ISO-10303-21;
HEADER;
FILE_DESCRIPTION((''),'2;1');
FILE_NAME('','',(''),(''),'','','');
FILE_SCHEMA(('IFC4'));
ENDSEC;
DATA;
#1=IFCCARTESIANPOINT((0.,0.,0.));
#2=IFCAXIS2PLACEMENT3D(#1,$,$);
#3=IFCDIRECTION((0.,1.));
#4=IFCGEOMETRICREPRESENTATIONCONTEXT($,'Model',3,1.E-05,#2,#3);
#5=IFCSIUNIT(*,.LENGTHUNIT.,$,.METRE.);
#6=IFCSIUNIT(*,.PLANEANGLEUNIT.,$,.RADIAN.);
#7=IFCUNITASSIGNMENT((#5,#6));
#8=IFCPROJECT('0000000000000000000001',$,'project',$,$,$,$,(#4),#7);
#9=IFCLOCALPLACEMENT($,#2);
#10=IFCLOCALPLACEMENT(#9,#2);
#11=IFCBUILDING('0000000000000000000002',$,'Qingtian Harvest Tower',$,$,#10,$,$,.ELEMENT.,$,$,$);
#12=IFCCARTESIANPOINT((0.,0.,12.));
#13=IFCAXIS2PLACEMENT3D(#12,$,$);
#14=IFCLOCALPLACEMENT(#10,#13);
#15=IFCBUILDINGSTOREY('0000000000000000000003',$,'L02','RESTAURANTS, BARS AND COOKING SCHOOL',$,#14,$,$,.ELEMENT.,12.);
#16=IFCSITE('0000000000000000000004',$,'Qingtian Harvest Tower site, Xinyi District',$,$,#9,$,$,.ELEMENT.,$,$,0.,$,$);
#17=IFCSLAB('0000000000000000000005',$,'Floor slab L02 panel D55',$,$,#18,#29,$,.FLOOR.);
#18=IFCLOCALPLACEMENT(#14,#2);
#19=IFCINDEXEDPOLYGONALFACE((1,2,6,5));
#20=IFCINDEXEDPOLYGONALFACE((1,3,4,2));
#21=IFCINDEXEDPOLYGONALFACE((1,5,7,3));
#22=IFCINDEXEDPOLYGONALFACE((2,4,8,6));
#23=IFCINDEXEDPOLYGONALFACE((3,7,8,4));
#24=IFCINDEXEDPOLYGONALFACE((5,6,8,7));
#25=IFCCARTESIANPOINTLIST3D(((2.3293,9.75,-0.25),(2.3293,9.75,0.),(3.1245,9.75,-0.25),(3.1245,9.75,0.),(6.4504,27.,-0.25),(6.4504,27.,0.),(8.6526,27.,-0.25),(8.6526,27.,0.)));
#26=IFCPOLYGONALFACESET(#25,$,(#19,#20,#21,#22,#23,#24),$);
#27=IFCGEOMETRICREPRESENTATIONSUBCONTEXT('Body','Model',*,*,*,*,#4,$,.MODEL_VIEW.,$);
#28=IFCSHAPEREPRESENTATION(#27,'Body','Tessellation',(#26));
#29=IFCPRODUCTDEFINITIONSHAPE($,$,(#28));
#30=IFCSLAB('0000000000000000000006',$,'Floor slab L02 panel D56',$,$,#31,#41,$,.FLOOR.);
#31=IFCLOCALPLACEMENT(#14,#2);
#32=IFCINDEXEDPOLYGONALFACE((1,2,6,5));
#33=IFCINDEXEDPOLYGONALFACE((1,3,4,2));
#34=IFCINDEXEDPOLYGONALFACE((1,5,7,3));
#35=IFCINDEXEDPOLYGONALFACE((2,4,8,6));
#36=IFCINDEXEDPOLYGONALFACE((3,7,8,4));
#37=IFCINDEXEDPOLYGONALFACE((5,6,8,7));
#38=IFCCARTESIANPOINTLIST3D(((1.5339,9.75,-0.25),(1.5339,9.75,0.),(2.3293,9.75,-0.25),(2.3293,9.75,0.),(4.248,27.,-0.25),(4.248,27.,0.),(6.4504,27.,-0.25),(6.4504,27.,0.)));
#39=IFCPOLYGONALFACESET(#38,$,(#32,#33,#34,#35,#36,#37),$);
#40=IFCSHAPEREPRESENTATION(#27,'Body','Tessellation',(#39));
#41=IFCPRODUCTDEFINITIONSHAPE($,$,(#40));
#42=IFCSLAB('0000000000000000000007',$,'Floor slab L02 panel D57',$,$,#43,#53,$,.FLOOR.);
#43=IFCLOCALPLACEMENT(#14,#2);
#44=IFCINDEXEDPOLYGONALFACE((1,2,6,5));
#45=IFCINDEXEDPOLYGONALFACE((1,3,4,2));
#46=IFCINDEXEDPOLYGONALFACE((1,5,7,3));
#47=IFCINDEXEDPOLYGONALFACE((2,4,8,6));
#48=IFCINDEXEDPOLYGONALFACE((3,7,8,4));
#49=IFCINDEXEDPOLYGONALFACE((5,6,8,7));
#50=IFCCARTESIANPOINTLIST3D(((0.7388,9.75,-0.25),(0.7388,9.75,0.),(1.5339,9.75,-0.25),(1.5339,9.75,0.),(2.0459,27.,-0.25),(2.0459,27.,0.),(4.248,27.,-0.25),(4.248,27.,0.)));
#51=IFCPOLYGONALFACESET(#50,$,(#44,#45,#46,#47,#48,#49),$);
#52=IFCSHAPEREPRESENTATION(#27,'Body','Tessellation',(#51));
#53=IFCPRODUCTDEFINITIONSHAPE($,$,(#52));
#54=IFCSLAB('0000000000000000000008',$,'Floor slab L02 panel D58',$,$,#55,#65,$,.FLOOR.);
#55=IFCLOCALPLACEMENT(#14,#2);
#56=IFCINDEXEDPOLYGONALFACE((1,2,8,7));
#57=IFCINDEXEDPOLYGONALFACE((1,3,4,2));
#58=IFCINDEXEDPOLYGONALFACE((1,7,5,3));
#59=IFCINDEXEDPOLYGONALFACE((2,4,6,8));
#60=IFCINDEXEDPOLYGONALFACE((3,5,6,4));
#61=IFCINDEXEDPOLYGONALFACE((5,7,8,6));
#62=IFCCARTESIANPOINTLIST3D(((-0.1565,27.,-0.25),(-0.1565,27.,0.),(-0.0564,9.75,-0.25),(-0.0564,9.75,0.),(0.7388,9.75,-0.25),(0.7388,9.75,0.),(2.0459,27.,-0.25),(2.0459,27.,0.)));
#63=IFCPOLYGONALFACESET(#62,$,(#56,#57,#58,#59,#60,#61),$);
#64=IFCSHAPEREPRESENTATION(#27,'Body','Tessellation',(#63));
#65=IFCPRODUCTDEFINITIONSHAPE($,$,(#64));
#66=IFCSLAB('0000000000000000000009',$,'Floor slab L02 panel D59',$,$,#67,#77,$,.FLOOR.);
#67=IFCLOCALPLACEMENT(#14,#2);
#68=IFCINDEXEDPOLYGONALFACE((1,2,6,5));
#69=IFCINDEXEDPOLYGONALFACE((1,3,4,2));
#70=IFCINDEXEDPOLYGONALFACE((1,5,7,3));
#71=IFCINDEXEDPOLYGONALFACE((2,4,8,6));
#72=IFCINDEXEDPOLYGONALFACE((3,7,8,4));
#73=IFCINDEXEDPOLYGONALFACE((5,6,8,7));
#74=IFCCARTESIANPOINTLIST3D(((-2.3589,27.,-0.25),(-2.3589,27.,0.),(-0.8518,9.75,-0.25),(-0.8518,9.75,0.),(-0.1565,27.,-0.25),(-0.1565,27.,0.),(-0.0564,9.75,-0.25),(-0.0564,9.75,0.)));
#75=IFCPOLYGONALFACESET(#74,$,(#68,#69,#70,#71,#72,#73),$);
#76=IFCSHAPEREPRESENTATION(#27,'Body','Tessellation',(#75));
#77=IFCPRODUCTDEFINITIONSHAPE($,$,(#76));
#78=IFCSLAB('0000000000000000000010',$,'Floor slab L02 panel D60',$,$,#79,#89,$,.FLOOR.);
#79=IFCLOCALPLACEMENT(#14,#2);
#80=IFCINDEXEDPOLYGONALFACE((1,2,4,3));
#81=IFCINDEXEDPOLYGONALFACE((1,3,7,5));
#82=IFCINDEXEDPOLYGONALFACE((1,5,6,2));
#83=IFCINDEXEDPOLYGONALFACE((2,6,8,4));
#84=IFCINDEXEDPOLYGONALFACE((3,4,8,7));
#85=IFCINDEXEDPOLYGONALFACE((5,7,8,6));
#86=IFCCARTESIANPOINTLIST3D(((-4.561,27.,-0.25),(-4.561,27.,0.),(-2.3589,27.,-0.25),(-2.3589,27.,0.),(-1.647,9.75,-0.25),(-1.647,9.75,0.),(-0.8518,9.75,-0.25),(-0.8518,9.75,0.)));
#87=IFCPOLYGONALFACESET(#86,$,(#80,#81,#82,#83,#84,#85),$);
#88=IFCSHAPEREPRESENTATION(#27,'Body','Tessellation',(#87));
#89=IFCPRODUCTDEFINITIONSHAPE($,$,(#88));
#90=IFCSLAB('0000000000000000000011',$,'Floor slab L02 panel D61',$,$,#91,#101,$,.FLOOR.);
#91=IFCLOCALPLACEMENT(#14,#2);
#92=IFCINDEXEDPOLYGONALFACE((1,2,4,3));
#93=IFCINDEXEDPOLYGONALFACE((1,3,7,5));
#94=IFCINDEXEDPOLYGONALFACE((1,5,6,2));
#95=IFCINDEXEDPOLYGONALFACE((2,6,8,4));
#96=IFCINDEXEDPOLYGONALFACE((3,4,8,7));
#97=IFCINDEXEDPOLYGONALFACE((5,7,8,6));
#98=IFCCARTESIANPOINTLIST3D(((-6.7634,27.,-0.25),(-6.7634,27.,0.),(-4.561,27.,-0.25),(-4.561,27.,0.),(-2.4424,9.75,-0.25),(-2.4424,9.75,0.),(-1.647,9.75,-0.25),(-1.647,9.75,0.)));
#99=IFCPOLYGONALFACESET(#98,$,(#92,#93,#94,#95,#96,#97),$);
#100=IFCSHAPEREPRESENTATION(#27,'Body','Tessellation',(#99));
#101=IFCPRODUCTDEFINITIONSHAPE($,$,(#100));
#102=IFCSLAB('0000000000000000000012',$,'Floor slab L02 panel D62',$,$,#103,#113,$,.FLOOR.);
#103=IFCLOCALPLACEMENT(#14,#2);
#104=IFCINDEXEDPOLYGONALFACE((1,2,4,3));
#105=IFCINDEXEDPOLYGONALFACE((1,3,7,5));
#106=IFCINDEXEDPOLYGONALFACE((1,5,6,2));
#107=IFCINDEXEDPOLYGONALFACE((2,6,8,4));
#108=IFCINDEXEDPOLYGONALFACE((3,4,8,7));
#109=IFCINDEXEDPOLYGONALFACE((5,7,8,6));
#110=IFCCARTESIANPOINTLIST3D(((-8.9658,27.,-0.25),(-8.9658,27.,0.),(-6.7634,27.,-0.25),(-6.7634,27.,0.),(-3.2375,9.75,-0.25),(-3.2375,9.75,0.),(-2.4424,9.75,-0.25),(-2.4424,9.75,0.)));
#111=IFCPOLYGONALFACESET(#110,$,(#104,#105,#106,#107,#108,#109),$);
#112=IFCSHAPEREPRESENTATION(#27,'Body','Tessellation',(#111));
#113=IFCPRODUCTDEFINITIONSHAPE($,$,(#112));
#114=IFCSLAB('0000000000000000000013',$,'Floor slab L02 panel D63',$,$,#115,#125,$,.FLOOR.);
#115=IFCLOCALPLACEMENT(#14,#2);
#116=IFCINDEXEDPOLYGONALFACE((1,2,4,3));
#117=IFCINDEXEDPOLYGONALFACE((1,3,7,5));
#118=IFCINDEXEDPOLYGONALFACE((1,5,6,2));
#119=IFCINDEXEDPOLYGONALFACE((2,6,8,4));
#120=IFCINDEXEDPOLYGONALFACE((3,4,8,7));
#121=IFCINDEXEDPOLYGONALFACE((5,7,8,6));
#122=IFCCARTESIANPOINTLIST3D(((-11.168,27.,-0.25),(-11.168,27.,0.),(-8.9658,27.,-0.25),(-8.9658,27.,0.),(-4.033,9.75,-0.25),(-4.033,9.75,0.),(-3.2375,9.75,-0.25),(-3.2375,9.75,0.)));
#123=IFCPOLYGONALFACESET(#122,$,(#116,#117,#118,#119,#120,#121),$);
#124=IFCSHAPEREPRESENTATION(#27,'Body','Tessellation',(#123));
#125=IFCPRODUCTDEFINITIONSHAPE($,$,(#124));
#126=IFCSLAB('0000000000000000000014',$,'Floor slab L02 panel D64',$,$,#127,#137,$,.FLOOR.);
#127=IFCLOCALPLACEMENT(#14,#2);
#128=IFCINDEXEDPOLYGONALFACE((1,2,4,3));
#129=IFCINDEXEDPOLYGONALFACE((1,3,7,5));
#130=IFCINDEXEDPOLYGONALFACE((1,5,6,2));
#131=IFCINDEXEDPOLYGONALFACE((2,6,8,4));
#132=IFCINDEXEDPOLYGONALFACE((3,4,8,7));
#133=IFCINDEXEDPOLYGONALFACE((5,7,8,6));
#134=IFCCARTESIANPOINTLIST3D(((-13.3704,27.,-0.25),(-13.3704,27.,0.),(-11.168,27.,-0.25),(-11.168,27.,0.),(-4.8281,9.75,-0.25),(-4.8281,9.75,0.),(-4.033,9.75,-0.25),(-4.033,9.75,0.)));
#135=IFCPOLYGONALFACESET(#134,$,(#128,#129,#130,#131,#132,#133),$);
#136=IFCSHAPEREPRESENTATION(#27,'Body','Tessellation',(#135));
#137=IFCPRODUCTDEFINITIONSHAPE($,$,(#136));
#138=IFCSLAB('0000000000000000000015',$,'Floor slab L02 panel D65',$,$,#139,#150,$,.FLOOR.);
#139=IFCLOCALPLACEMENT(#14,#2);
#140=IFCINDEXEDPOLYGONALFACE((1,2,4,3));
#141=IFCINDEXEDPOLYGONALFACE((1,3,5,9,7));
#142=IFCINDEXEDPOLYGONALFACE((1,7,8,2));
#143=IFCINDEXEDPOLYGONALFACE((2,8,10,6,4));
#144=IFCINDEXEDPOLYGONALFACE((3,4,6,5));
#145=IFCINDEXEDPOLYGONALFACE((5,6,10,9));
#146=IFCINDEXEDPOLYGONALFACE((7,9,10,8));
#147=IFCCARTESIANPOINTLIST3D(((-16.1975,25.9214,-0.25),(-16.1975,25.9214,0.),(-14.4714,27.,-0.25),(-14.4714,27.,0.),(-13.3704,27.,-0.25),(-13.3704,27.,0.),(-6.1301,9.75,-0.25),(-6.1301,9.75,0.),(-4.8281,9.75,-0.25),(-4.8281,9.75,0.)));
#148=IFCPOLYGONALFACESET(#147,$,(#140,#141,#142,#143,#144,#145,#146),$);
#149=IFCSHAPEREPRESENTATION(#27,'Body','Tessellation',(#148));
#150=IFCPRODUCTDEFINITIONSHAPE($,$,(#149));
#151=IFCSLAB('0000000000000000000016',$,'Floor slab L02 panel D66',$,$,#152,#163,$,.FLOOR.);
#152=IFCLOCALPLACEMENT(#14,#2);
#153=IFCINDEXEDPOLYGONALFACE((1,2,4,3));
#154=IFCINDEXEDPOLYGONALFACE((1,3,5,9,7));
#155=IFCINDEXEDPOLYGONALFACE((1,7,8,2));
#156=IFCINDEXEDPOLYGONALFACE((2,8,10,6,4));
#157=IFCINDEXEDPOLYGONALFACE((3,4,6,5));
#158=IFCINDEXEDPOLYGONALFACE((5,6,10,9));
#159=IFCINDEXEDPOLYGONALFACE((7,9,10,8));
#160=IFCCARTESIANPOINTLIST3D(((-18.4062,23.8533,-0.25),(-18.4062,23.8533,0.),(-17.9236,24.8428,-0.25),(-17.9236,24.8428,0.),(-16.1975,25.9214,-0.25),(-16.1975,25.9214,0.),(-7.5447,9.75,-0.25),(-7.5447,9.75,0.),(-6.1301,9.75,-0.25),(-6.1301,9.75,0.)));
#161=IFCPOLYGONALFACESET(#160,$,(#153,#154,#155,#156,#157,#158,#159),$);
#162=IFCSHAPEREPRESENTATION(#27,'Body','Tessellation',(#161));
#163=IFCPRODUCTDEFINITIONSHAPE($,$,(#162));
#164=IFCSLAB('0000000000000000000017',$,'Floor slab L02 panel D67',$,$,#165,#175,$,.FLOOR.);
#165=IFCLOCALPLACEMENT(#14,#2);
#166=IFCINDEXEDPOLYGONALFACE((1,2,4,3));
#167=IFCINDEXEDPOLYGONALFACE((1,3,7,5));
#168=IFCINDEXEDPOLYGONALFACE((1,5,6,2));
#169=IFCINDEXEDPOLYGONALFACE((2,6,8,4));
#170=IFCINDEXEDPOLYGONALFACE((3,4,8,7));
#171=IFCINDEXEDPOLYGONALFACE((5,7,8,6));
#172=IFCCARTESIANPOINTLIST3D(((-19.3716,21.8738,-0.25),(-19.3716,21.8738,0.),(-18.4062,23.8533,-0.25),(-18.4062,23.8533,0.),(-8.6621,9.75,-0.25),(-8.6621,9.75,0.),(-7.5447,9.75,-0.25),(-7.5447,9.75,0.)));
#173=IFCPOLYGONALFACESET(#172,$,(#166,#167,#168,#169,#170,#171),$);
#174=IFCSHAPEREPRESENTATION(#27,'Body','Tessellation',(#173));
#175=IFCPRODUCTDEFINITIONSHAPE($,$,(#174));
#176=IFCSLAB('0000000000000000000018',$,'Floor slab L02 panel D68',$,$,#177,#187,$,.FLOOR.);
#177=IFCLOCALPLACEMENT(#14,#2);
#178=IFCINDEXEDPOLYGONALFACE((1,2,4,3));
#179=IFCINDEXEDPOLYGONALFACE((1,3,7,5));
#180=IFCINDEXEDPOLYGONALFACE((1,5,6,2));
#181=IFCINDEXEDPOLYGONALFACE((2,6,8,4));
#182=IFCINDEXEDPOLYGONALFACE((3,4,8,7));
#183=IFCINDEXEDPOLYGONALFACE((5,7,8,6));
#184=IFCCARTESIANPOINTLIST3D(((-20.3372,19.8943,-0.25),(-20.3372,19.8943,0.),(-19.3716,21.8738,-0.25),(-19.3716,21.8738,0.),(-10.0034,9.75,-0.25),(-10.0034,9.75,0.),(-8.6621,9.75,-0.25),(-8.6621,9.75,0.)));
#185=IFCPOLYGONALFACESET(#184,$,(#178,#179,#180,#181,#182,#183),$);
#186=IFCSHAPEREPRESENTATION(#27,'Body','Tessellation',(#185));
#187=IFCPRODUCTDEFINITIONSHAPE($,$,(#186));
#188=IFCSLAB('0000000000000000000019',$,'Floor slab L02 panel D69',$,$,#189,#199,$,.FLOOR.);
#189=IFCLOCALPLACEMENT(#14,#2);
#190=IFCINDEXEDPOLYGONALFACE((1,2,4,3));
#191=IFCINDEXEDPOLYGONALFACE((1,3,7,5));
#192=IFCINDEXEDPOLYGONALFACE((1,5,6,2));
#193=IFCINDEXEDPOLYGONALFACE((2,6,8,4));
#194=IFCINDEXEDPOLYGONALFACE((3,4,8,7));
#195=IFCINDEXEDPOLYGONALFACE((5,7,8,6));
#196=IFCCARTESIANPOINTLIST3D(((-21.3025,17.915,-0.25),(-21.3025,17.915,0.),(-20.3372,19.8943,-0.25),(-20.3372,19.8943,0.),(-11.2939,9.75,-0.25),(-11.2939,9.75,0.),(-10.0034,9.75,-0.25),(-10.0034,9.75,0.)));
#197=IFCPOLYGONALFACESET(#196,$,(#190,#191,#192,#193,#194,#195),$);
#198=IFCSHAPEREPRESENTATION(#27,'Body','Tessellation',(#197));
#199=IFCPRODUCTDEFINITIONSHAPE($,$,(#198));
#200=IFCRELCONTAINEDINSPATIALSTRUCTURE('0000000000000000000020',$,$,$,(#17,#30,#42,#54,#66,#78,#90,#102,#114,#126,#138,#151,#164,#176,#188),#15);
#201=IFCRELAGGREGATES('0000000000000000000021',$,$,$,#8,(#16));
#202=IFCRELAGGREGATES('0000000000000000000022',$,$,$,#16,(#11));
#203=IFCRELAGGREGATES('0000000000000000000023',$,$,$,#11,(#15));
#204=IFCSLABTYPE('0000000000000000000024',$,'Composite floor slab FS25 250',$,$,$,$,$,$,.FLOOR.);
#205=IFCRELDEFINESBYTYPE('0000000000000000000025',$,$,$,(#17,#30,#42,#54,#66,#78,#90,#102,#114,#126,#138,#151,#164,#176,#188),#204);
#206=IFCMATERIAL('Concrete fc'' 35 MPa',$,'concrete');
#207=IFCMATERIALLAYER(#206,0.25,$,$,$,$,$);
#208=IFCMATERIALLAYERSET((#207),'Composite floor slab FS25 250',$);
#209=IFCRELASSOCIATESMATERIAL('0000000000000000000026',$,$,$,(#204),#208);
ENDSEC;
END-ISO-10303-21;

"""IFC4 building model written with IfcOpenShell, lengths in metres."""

from ifc_helpers import new_model, si_unit, direction, frame, origin, place, context, subcontext, project, spatial, polyline, outline, extrude, material, layer, layer_set, type_object, element, save


model = new_model("IFC4")

# Units and contexts
model_context = context("Model", 3, precision=1e-05, world=origin(), true_north=direction((0.0, 1.0)))
body_context = subcontext(model_context, "Body", "Model", "MODEL_VIEW")
ifc_project = project(units=[si_unit("LENGTHUNIT", "METRE"), si_unit("PLANEANGLEUNIT", "RADIAN")], contexts=[model_context])

# Site, building, storey
site_placement = place(None, origin())
site = spatial("IfcSite", under=ifc_project, at=site_placement, Name="Qingtian Harvest Tower site, Xinyi District", CompositionType="ELEMENT", RefElevation=0.0)
building_placement = place(site_placement, origin())
building = spatial("IfcBuilding", under=site, at=building_placement, Name="Qingtian Harvest Tower", CompositionType="ELEMENT")
storey_placement = place(building_placement, frame((0.0, 0.0, 12.0)))
storey = spatial("IfcBuildingStorey", under=building, at=storey_placement, Name="L02", Description="RESTAURANTS, BARS AND COOKING SCHOOL", CompositionType="ELEMENT", Elevation=12.0)

# Slabs
ifc_material_1 = material(Name="Concrete fc' 35 MPa", Category="concrete")
ifc_layer_1 = layer(ifc_material_1, 0.25)
ifc_layer_set_1 = layer_set([ifc_layer_1], Name="Composite floor slab FS25 250")
slab_type = type_object("IfcSlabType", Name="Composite floor slab FS25 250", PredefinedType="FLOOR", material=ifc_layer_set_1)
slab_1_placement = place(storey_placement, frame((0.0, 0.0, -0.25)))
element("IfcSlab", 1, at=slab_1_placement, inside=storey, type_object=slab_type, Name="Floor slab L02 panel D55", PredefinedType="FLOOR", context=body_context, shape_type="SweptSolid", body=[
    extrude(outline(polyline([(2.3293, 9.75), (6.4504, 27.0), (8.6526, 27.0), (3.1245, 9.75), (2.3293, 9.75)])), origin(), (0.0, 0.0, 1.0), 0.25),
])
slab_2_placement = place(storey_placement, frame((0.0, 0.0, -0.25)))
element("IfcSlab", 2, at=slab_2_placement, inside=storey, type_object=slab_type, Name="Floor slab L02 panel D56", PredefinedType="FLOOR", context=body_context, shape_type="SweptSolid", body=[
    extrude(outline(polyline([(1.5339, 9.75), (4.248, 27.0), (6.4504, 27.0), (2.3293, 9.75), (1.5339, 9.75)])), origin(), (0.0, 0.0, 1.0), 0.25),
])
slab_3_placement = place(storey_placement, frame((0.0, 0.0, -0.25)))
element("IfcSlab", 3, at=slab_3_placement, inside=storey, type_object=slab_type, Name="Floor slab L02 panel D57", PredefinedType="FLOOR", context=body_context, shape_type="SweptSolid", body=[
    extrude(outline(polyline([(0.7388, 9.75), (2.0459, 27.0), (4.248, 27.0), (1.5339, 9.75), (0.7388, 9.75)])), origin(), (0.0, 0.0, 1.0), 0.25),
])
slab_4_placement = place(storey_placement, frame((0.0, 0.0, -0.25)))
element("IfcSlab", 4, at=slab_4_placement, inside=storey, type_object=slab_type, Name="Floor slab L02 panel D58", PredefinedType="FLOOR", context=body_context, shape_type="SweptSolid", body=[
    extrude(outline(polyline([(-0.0564, 9.75), (-0.1565, 27.0), (2.0459, 27.0), (0.7388, 9.75), (-0.0564, 9.75)])), origin(), (0.0, 0.0, 1.0), 0.25),
])
slab_5_placement = place(storey_placement, frame((0.0, 0.0, -0.25)))
element("IfcSlab", 5, at=slab_5_placement, inside=storey, type_object=slab_type, Name="Floor slab L02 panel D59", PredefinedType="FLOOR", context=body_context, shape_type="SweptSolid", body=[
    extrude(outline(polyline([(-0.8518, 9.75), (-2.3589, 27.0), (-0.1565, 27.0), (-0.0564, 9.75), (-0.8518, 9.75)])), origin(), (0.0, 0.0, 1.0), 0.25),
])
slab_6_placement = place(storey_placement, frame((0.0, 0.0, -0.25)))
element("IfcSlab", 6, at=slab_6_placement, inside=storey, type_object=slab_type, Name="Floor slab L02 panel D60", PredefinedType="FLOOR", context=body_context, shape_type="SweptSolid", body=[
    extrude(outline(polyline([(-1.647, 9.75), (-4.561, 27.0), (-2.3589, 27.0), (-0.8518, 9.75), (-1.647, 9.75)])), origin(), (0.0, 0.0, 1.0), 0.25),
])
slab_7_placement = place(storey_placement, frame((0.0, 0.0, -0.25)))
element("IfcSlab", 7, at=slab_7_placement, inside=storey, type_object=slab_type, Name="Floor slab L02 panel D61", PredefinedType="FLOOR", context=body_context, shape_type="SweptSolid", body=[
    extrude(outline(polyline([(-2.4424, 9.75), (-6.7634, 27.0), (-4.561, 27.0), (-1.647, 9.75), (-2.4424, 9.75)])), origin(), (0.0, 0.0, 1.0), 0.25),
])
slab_8_placement = place(storey_placement, frame((0.0, 0.0, -0.25)))
element("IfcSlab", 8, at=slab_8_placement, inside=storey, type_object=slab_type, Name="Floor slab L02 panel D62", PredefinedType="FLOOR", context=body_context, shape_type="SweptSolid", body=[
    extrude(outline(polyline([(-3.2375, 9.75), (-8.9658, 27.0), (-6.7634, 27.0), (-2.4424, 9.75), (-3.2375, 9.75)])), origin(), (0.0, 0.0, 1.0), 0.25),
])
slab_9_placement = place(storey_placement, frame((0.0, 0.0, -0.25)))
element("IfcSlab", 9, at=slab_9_placement, inside=storey, type_object=slab_type, Name="Floor slab L02 panel D63", PredefinedType="FLOOR", context=body_context, shape_type="SweptSolid", body=[
    extrude(outline(polyline([(-4.033, 9.75), (-11.168, 27.0), (-8.9658, 27.0), (-3.2375, 9.75), (-4.033, 9.75)])), origin(), (0.0, 0.0, 1.0), 0.25),
])
slab_10_placement = place(storey_placement, frame((0.0, 0.0, -0.25)))
element("IfcSlab", 10, at=slab_10_placement, inside=storey, type_object=slab_type, Name="Floor slab L02 panel D64", PredefinedType="FLOOR", context=body_context, shape_type="SweptSolid", body=[
    extrude(outline(polyline([(-4.8281, 9.75), (-13.3704, 27.0), (-11.168, 27.0), (-4.033, 9.75), (-4.8281, 9.75)])), origin(), (0.0, 0.0, 1.0), 0.25),
])
slab_11_placement = place(storey_placement, frame((0.0, 0.0, -0.25)))
element("IfcSlab", 11, at=slab_11_placement, inside=storey, type_object=slab_type, Name="Floor slab L02 panel D65", PredefinedType="FLOOR", context=body_context, shape_type="SweptSolid", body=[
    extrude(outline(polyline([(-4.8281, 9.75), (-6.1301, 9.75), (-16.1975, 25.9214), (-14.4714, 27.0), (-13.3704, 27.0), (-4.8281, 9.75)])), origin(), (0.0, 0.0, 1.0), 0.25),
])
slab_12_placement = place(storey_placement, frame((0.0, 0.0, -0.25)))
element("IfcSlab", 12, at=slab_12_placement, inside=storey, type_object=slab_type, Name="Floor slab L02 panel D66", PredefinedType="FLOOR", context=body_context, shape_type="SweptSolid", body=[
    extrude(outline(polyline([(-6.1301, 9.75), (-7.5447, 9.75), (-18.4062, 23.8533), (-17.9236, 24.8428), (-16.1975, 25.9214), (-6.1301, 9.75)])), origin(), (0.0, 0.0, 1.0), 0.25),
])
slab_13_placement = place(storey_placement, frame((0.0, 0.0, -0.25)))
element("IfcSlab", 13, at=slab_13_placement, inside=storey, type_object=slab_type, Name="Floor slab L02 panel D67", PredefinedType="FLOOR", context=body_context, shape_type="SweptSolid", body=[
    extrude(outline(polyline([(-8.6621, 9.75), (-19.3716, 21.8738), (-18.4062, 23.8533), (-7.5447, 9.75), (-8.6621, 9.75)])), origin(), (0.0, 0.0, 1.0), 0.25),
])
slab_14_placement = place(storey_placement, frame((0.0, 0.0, -0.25)))
element("IfcSlab", 14, at=slab_14_placement, inside=storey, type_object=slab_type, Name="Floor slab L02 panel D68", PredefinedType="FLOOR", context=body_context, shape_type="SweptSolid", body=[
    extrude(outline(polyline([(-10.0034, 9.75), (-20.3372, 19.8943), (-19.3716, 21.8738), (-8.6621, 9.75), (-10.0034, 9.75)])), origin(), (0.0, 0.0, 1.0), 0.25),
])
slab_15_placement = place(storey_placement, frame((0.0, 0.0, -0.25)))
element("IfcSlab", 15, at=slab_15_placement, inside=storey, type_object=slab_type, Name="Floor slab L02 panel D69", PredefinedType="FLOOR", context=body_context, shape_type="SweptSolid", body=[
    extrude(outline(polyline([(-11.2939, 9.75), (-21.3025, 17.915), (-20.3372, 19.8943), (-10.0034, 9.75), (-11.2939, 9.75)])), origin(), (0.0, 0.0, 1.0), 0.25),
])

save(model, "model.ifc")
